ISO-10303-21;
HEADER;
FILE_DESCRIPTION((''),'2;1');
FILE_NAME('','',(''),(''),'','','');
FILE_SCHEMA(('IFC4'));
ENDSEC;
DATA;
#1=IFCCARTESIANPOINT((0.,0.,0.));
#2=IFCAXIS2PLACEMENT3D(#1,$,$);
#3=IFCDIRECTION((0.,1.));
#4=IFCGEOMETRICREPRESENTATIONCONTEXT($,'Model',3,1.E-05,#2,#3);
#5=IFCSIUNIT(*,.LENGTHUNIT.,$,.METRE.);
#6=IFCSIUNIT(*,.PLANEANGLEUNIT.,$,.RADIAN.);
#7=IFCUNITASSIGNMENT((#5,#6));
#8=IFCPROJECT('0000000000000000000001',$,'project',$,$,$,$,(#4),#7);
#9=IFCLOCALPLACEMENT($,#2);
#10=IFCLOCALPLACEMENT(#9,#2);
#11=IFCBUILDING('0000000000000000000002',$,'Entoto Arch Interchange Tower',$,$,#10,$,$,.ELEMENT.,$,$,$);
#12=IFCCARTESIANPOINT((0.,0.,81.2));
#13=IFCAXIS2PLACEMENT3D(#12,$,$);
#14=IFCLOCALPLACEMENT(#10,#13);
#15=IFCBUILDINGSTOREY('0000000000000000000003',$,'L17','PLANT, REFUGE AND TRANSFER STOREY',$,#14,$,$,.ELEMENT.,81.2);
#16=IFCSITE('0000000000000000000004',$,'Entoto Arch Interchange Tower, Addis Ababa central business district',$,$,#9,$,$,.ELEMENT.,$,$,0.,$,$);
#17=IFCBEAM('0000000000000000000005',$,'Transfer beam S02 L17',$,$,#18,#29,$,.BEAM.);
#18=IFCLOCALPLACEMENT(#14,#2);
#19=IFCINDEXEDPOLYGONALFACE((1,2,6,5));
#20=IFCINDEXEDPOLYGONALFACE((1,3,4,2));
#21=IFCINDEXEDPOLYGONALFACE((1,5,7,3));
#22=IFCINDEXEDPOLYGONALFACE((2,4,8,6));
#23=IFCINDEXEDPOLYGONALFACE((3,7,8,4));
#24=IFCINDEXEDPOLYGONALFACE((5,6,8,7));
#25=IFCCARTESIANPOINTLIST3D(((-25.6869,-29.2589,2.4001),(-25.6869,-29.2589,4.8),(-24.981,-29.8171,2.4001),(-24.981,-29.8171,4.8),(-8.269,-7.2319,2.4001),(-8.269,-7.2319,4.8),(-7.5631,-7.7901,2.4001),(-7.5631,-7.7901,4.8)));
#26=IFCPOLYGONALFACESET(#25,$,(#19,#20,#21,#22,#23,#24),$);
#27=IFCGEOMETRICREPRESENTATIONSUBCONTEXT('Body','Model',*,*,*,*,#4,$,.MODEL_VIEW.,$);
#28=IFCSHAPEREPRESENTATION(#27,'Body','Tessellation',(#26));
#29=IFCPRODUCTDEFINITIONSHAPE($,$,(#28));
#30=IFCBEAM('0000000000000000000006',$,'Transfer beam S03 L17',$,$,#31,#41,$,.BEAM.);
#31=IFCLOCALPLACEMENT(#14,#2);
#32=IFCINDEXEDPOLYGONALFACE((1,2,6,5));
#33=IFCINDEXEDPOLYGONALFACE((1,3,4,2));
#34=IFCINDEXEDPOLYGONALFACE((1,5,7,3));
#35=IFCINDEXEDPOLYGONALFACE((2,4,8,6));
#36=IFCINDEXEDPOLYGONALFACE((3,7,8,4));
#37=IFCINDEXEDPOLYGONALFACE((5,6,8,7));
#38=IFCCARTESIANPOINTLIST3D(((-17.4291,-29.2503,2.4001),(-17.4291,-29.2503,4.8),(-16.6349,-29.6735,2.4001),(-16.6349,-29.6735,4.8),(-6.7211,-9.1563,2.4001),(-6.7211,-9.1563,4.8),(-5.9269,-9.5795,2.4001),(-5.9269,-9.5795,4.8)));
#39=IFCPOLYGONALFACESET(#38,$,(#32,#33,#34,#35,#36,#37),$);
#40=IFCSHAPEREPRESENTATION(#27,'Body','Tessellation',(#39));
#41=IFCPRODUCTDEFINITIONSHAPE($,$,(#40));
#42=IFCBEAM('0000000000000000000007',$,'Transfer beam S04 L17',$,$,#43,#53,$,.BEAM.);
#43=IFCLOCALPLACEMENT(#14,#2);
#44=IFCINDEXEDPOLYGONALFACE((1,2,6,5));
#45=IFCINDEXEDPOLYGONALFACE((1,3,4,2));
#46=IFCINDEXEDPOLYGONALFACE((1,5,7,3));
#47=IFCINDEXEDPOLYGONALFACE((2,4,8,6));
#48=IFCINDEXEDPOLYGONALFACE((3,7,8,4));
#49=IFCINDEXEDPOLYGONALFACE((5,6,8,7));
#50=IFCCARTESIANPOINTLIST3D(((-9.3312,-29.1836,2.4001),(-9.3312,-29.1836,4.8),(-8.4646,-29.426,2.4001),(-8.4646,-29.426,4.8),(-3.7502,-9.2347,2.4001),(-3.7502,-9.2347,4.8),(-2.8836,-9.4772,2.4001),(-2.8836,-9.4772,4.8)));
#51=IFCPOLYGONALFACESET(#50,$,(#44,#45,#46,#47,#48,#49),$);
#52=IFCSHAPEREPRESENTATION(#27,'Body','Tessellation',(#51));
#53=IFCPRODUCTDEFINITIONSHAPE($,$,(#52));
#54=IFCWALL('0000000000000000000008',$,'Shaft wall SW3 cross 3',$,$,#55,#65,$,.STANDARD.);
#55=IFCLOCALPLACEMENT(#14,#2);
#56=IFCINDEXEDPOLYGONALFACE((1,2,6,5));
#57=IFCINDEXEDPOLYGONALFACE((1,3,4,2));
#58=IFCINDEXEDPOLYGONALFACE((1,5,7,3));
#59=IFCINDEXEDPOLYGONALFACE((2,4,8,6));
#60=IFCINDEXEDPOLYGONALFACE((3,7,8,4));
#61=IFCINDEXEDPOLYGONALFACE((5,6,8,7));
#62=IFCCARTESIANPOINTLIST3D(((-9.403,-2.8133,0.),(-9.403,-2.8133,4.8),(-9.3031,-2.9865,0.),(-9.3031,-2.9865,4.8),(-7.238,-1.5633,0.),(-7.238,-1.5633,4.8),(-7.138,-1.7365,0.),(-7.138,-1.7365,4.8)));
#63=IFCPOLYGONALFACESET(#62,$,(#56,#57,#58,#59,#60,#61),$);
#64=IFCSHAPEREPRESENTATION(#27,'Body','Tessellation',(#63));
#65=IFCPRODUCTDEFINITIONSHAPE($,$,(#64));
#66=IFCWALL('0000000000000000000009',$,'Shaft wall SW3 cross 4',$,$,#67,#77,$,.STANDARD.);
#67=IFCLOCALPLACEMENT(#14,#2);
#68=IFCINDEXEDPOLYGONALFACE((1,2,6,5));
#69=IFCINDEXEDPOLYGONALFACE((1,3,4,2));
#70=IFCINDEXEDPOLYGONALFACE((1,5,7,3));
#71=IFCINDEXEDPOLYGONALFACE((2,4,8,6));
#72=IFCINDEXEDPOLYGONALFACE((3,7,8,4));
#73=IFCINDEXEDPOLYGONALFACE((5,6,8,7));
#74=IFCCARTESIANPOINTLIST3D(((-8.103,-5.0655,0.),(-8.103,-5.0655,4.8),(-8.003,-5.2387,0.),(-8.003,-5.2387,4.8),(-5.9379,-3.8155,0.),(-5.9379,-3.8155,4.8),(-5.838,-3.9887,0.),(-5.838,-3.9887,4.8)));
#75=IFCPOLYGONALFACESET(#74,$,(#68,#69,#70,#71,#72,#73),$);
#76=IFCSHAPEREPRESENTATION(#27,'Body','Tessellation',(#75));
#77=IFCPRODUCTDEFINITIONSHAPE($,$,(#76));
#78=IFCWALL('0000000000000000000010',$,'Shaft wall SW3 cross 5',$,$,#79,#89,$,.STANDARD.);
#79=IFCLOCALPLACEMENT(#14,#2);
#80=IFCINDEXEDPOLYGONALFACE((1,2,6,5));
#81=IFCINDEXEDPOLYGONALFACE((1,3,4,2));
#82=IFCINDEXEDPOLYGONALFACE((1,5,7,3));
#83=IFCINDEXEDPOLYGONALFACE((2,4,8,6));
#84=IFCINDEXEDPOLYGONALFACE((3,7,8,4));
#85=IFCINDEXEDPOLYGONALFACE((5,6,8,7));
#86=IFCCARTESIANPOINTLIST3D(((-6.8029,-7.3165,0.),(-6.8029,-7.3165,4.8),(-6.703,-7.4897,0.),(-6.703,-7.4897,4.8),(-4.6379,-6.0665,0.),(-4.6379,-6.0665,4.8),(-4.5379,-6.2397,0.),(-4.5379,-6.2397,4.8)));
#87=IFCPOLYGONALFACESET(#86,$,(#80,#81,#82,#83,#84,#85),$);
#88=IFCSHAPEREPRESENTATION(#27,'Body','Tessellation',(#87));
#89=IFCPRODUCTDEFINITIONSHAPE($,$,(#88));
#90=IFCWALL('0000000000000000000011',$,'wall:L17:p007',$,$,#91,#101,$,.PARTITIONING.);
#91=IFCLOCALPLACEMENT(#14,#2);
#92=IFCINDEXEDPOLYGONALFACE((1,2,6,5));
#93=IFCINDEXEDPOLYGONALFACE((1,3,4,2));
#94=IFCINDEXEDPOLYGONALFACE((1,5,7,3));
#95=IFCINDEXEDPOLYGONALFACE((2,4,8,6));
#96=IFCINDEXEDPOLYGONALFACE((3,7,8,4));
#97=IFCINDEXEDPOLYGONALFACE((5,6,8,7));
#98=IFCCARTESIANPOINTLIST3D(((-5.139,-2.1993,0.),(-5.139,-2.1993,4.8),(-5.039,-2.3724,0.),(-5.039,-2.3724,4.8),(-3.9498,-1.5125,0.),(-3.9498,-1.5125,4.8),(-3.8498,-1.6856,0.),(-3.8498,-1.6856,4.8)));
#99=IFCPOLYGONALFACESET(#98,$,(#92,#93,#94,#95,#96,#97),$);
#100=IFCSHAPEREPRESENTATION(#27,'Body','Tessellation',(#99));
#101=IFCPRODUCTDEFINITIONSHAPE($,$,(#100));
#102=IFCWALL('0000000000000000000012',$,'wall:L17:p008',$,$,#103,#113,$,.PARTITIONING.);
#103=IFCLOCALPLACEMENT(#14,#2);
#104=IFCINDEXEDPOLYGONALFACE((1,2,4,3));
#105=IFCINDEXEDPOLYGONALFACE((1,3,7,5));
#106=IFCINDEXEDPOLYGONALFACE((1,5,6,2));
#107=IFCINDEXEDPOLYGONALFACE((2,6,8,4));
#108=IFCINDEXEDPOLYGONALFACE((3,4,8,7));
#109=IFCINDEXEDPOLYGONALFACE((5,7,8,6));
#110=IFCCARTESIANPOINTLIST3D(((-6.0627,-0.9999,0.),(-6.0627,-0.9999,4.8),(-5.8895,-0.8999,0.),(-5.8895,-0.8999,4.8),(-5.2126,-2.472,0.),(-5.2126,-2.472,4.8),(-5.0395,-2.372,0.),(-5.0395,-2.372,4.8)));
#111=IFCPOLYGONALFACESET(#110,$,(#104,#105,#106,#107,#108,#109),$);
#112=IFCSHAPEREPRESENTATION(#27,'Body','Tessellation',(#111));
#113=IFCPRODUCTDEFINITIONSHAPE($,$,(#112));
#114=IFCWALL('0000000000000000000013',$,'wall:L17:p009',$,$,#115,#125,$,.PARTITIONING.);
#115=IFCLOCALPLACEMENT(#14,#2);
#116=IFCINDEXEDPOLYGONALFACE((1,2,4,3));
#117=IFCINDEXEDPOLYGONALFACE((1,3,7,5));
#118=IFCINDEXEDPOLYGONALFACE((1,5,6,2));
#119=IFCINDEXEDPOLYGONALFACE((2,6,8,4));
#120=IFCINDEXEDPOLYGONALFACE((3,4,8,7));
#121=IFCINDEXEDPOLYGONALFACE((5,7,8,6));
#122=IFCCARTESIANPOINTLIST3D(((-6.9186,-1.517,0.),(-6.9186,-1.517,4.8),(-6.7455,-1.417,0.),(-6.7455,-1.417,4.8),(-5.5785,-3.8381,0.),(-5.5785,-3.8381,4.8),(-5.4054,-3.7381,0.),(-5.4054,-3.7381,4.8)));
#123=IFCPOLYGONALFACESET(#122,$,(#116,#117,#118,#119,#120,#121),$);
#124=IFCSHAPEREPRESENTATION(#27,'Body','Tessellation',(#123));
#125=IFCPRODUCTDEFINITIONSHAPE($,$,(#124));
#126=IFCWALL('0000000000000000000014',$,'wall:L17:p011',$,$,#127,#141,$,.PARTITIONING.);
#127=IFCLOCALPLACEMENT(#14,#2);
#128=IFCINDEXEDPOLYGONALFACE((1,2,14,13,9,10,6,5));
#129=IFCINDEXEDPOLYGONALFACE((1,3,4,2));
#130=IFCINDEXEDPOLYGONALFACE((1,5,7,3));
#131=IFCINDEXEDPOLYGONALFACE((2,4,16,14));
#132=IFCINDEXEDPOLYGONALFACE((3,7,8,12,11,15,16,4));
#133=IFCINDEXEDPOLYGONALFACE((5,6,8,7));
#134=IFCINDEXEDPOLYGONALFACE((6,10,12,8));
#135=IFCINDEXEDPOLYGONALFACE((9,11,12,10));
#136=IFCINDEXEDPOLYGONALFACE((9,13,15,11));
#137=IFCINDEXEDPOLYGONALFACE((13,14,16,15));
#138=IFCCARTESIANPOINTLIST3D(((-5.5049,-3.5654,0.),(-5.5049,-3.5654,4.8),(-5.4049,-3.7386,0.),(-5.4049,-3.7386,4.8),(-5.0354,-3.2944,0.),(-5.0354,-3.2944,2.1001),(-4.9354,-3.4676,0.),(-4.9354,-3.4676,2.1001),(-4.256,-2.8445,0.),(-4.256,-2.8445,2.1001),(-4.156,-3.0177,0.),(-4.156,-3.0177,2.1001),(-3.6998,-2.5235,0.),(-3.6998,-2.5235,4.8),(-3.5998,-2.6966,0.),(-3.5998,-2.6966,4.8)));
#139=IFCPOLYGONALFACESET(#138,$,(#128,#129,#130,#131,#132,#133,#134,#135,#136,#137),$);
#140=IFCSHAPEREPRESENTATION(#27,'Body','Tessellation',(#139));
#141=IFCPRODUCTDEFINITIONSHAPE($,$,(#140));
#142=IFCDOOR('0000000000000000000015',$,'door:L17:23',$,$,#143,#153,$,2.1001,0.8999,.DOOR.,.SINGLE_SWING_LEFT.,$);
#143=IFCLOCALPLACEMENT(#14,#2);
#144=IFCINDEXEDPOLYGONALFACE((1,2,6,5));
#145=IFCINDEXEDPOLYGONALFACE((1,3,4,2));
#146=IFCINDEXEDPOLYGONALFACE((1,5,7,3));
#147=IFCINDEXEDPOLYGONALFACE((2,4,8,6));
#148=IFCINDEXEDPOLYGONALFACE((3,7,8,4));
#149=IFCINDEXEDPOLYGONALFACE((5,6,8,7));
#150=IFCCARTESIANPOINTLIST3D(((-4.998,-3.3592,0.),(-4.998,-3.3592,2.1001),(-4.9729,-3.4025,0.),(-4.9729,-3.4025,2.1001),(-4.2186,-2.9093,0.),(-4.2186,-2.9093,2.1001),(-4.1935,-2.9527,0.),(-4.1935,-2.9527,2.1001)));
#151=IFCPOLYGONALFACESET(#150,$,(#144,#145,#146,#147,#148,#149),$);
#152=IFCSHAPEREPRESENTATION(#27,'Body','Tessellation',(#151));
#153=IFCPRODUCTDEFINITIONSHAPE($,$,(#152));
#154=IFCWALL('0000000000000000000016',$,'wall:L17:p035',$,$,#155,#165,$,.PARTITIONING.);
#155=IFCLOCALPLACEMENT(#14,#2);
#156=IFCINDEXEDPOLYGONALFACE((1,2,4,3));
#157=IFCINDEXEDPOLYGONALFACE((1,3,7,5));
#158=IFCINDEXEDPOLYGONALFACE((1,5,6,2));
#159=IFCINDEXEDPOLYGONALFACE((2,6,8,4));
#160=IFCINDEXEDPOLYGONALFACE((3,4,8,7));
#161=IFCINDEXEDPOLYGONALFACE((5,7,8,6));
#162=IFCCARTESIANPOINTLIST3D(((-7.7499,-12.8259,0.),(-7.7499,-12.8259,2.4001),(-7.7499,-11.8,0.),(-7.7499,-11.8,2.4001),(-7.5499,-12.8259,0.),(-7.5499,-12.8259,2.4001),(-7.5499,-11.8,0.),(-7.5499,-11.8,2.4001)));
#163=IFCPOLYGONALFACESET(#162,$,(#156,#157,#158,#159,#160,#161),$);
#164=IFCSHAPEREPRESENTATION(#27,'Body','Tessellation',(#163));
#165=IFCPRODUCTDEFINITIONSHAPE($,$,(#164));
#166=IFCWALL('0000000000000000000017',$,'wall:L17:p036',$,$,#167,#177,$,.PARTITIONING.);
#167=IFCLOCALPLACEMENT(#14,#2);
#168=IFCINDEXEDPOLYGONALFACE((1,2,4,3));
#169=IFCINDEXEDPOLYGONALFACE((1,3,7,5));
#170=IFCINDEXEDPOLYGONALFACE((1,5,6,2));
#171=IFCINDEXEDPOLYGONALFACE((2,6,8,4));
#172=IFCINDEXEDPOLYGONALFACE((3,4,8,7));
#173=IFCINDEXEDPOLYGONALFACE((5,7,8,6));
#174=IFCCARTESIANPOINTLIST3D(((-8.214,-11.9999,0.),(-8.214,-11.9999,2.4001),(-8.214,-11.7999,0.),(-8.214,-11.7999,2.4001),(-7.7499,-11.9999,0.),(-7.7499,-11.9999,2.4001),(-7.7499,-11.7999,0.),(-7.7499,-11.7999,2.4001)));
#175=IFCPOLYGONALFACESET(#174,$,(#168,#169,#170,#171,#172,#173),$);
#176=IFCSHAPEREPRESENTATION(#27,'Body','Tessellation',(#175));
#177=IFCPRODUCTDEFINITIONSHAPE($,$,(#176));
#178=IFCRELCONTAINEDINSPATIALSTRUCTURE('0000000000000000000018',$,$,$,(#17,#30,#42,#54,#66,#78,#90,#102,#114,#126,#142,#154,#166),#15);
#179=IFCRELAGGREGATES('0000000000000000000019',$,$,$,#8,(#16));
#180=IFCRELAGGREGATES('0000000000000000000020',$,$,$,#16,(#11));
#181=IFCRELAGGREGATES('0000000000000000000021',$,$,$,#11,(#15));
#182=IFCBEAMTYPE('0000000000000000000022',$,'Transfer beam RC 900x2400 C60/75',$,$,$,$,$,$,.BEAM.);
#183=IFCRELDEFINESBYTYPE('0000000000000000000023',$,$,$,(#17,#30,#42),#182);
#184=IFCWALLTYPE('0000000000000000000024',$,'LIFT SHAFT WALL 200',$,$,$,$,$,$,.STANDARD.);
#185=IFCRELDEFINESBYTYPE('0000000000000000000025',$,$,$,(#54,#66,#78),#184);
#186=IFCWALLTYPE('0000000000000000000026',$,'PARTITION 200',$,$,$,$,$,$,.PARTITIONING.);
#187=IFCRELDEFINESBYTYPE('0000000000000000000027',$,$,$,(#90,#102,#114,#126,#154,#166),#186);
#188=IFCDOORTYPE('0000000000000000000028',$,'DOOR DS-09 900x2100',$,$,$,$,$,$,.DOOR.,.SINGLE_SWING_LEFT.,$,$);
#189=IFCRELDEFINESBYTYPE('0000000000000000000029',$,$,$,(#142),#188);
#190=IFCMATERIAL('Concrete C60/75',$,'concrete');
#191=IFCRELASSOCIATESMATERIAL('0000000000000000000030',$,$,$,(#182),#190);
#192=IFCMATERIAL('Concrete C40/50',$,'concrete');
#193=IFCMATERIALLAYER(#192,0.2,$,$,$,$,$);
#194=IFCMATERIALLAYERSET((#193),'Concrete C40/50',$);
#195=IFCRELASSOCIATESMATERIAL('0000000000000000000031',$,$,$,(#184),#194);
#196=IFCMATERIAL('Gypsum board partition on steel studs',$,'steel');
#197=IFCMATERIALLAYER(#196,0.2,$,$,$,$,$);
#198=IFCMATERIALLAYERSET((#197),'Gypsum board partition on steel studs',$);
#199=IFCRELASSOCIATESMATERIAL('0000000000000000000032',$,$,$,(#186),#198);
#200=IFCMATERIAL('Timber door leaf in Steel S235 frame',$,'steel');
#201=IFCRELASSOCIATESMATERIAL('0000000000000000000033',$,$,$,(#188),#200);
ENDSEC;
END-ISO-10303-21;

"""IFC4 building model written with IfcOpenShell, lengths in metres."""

from ifc_helpers import new_model, si_unit, direction, frame, frame_2d, origin, origin_2d, place, context, subcontext, project, spatial, rectangle, extrude, material, layer, layer_set, material_profile, profile_set, type_object, element, fill, save


model = new_model("IFC4")

# Units and contexts
model_context = context("Model", 3, precision=1e-05, world=origin(), true_north=direction((0.0, 1.0)))
body_context = subcontext(model_context, "Body", "Model", "MODEL_VIEW")
ifc_project = project(units=[si_unit("LENGTHUNIT", "METRE"), si_unit("PLANEANGLEUNIT", "RADIAN")], contexts=[model_context])

# Site, building, storey
site_placement = place(None, origin())
site = spatial("IfcSite", under=ifc_project, at=site_placement, Name="Entoto Arch Interchange Tower, Addis Ababa central business district", CompositionType="ELEMENT", RefElevation=0.0)
building_placement = place(site_placement, origin())
building = spatial("IfcBuilding", under=site, at=building_placement, Name="Entoto Arch Interchange Tower", CompositionType="ELEMENT")
storey_placement = place(building_placement, frame((0.0, 0.0, 81.2)))
storey = spatial("IfcBuildingStorey", under=building, at=storey_placement, Name="L17", Description="PLANT, REFUGE AND TRANSFER STOREY", CompositionType="ELEMENT", Elevation=81.2)

# Beams
ifc_material_1 = material(Name="Concrete C60/75", Category="concrete")
ifc_material_profile = material_profile(ifc_material_1, rectangle(XDim=0.8999, YDim=2.3999, at=origin_2d()))
ifc_profile_set = profile_set([ifc_material_profile], Name="Concrete C60/75")
beam_type = type_object("IfcBeamType", Name="Transfer beam RC 900x2400 C60/75", PredefinedType="BEAM", material=ifc_profile_set)
beam_1_placement = place(storey_placement, frame((-7.916, -7.511, 3.6001), z_axis=(-0.620262, -0.784395, 0.0), x_axis=(0.784395, -0.620262, 0.0)))
element("IfcBeam", 1, at=beam_1_placement, inside=storey, type_object=beam_type, Name="Transfer beam S02 L17", PredefinedType="BEAM", context=body_context, shape_type="SweptSolid", body=[
    extrude(rectangle(XDim=0.8999, YDim=2.3999, at=origin_2d()), origin(), (0.0, 0.0, 1.0), 28.0815),
])
beam_2_placement = place(storey_placement, frame((-6.324, -9.3679, 3.6001), z_axis=(-0.470288, -0.882513, 0.0), x_axis=(0.882513, -0.470288, 0.0)))
element("IfcBeam", 2, at=beam_2_placement, inside=storey, type_object=beam_type, Name="Transfer beam S03 L17", PredefinedType="BEAM", context=body_context, shape_type="SweptSolid", body=[
    extrude(rectangle(XDim=0.8999, YDim=2.3999, at=origin_2d()), origin(), (0.0, 0.0, 1.0), 22.769),
])
beam_3_placement = place(storey_placement, frame((-3.3169, -9.356, 3.6001), z_axis=(-0.269421, -0.963022, 0.0), x_axis=(0.963022, -0.269421, 0.0)))
element("IfcBeam", 3, at=beam_3_placement, inside=storey, type_object=beam_type, Name="Transfer beam S04 L17", PredefinedType="BEAM", context=body_context, shape_type="SweptSolid", body=[
    extrude(rectangle(XDim=0.8999, YDim=2.3999, at=origin_2d()), origin(), (0.0, 0.0, 1.0), 20.7148),
])

# Walls
ifc_material_2 = material(Name="Concrete C40/50", Category="concrete")
ifc_layer_1 = layer(ifc_material_2, 0.2)
ifc_layer_set_1 = layer_set([ifc_layer_1], Name="Concrete C40/50")
wall_type_1 = type_object("IfcWallType", Name="LIFT SHAFT WALL 200", PredefinedType="STANDARD", material=ifc_layer_set_1)
for number, where, z_axis, x_axis, name in (
    (4, (-7.188, -1.6499, 0.0), (0.0, 0.0, 1.0), (-0.866023, -0.500004, 0.0), "Shaft wall SW3 cross 3"),
    (5, (-5.8879, -3.9021, 0.0), (0.0, 0.0, 1.0), (-0.866023, -0.500004, 0.0), "Shaft wall SW3 cross 4"),
    (6, (-4.5879, -6.1531, 0.0), (0.0, 0.0, 1.0), (-0.866023, -0.500004, 0.0), "Shaft wall SW3 cross 5"),
):
    element("IfcWall", number, at=place(storey_placement, frame(where, z_axis=z_axis, x_axis=x_axis)), inside=storey, type_object=wall_type_1, Name=name, PredefinedType="STANDARD", context=body_context, shape_type="SweptSolid", body=[
        extrude(rectangle(XDim=2.5, YDim=0.2, at=frame_2d((1.25, 0.0))), origin(), (0.0, 0.0, 1.0), 4.8),
    ])
ifc_material_3 = material(Name="Gypsum board partition on steel studs", Category="steel")
ifc_layer_2 = layer(ifc_material_3, 0.2)
ifc_layer_set_2 = layer_set([ifc_layer_2], Name="Gypsum board partition on steel studs")
wall_type_2 = type_object("IfcWallType", Name="PARTITION 200", PredefinedType="PARTITIONING", material=ifc_layer_set_2)
wall_1_placement = place(storey_placement, frame((-3.8999, -1.5991, 0.0), z_axis=(0.0, 0.0, 1.0), x_axis=(-0.865969, -0.500097, 0.0)))
element("IfcWall", 7, at=wall_1_placement, inside=storey, type_object=wall_type_2, Name="wall:L17:p007", PredefinedType="PARTITIONING", context=body_context, shape_type="SweptSolid", body=[
    extrude(rectangle(XDim=1.3733, YDim=0.2, at=frame_2d((0.6865, 0.0))), origin(), (0.0, 0.0, 1.0), 4.8),
])
wall_2_placement = place(storey_placement, frame((-5.126, -2.4221, 0.0), z_axis=(0.0, 0.0, 1.0), x_axis=(-0.500062, 0.865989, 0.0)))
element("IfcWall", 8, at=wall_2_placement, inside=storey, type_object=wall_type_2, Name="wall:L17:p008", PredefinedType="PARTITIONING", context=body_context, shape_type="SweptSolid", body=[
    extrude(rectangle(XDim=1.7, YDim=0.2, at=frame_2d((0.8501, 0.0))), origin(), (0.0, 0.0, 1.0), 4.8),
])
wall_3_placement = place(storey_placement, frame((-5.4919, -3.7881, 0.0), z_axis=(0.0, 0.0, 1.0), x_axis=(-0.500009, 0.86602, 0.0)))
element("IfcWall", 9, at=wall_3_placement, inside=storey, type_object=wall_type_2, Name="wall:L17:p009", PredefinedType="PARTITIONING", context=body_context, shape_type="SweptSolid", body=[
    extrude(rectangle(XDim=2.6802, YDim=0.2, at=frame_2d((1.3401, 0.0))), origin(), (0.0, 0.0, 1.0), 4.8),
])

# Wall, opening, door
wall_4_placement = place(storey_placement, frame((-3.6499, -2.6101, 0.0), z_axis=(0.0, 0.0, 1.0), x_axis=(-0.866072, -0.499918, 0.0)))
wall_4 = element("IfcWall", 10, at=wall_4_placement, inside=storey, type_object=wall_type_2, Name="wall:L17:p011", PredefinedType="PARTITIONING", context=body_context, shape_type="SweptSolid", body=[
    extrude(rectangle(XDim=2.0842, YDim=0.2, at=frame_2d((1.042, 0.0))), origin(), (0.0, 0.0, 1.0), 4.8),
])
opening_1_placement = place(wall_4_placement, frame((0.6421, 0.0, 0.0)))
opening_1 = element("IfcOpeningElement", 11, at=opening_1_placement, cuts=wall_4, PredefinedType="OPENING", context=body_context, shape_type="SweptSolid", body=[
    extrude(rectangle(XDim=0.8999, YDim=2.1001, at=frame_2d((0.45, 1.05))), frame((0.0, 0.1099, 0.0), z_axis=(0.0, -1.0, 0.0), x_axis=(1.0, 0.0, 0.0)), (0.0, 0.0, 1.0), 0.22),
])
ifc_material_4 = material(Name="Timber door leaf in Steel S235 frame", Category="steel")
door_type_1 = type_object("IfcDoorType", Name="DOOR DS-09 900x2100", OperationType="SINGLE_SWING_LEFT", PredefinedType="DOOR", material=ifc_material_4)
door_1_placement = place(opening_1_placement, origin())
door_1 = element("IfcDoor", 12, at=door_1_placement, inside=storey, type_object=door_type_1, Name="door:L17:23", OperationType="SINGLE_SWING_LEFT", OverallHeight=2.1001, OverallWidth=0.8999, PredefinedType="DOOR", context=body_context, shape_type="SweptSolid", body=[
    extrude(rectangle(XDim=0.8999, YDim=2.1001, at=frame_2d((0.45, 1.05))), frame((0.0, 0.0249, 0.0), z_axis=(0.0, -1.0, 0.0), x_axis=(1.0, 0.0, 0.0)), (0.0, 0.0, 1.0), 0.05),
])
fill(opening_1, door_1)

# Walls
wall_5_placement = place(storey_placement, frame((-7.6499, -12.8259, 0.0), z_axis=(0.0, 0.0, 1.0), x_axis=(0.0, 1.0, 0.0)))
element("IfcWall", 13, at=wall_5_placement, inside=storey, type_object=wall_type_2, Name="wall:L17:p035", PredefinedType="PARTITIONING", context=body_context, shape_type="SweptSolid", body=[
    extrude(rectangle(XDim=1.0259, YDim=0.2, at=frame_2d((0.5129, 0.0))), origin(), (0.0, 0.0, 1.0), 2.4001),
])
wall_6_placement = place(storey_placement, frame((-7.75, -11.8999, 0.0), z_axis=(0.0, 0.0, 1.0), x_axis=(-1.0, 0.0, 0.0)))
element("IfcWall", 14, at=wall_6_placement, inside=storey, type_object=wall_type_2, Name="wall:L17:p036", PredefinedType="PARTITIONING", context=body_context, shape_type="SweptSolid", body=[
    extrude(rectangle(XDim=0.4641, YDim=0.2, at=frame_2d((0.2319, 0.0))), origin(), (0.0, 0.0, 1.0), 2.4001),
])

save(model, "model.ifc")
